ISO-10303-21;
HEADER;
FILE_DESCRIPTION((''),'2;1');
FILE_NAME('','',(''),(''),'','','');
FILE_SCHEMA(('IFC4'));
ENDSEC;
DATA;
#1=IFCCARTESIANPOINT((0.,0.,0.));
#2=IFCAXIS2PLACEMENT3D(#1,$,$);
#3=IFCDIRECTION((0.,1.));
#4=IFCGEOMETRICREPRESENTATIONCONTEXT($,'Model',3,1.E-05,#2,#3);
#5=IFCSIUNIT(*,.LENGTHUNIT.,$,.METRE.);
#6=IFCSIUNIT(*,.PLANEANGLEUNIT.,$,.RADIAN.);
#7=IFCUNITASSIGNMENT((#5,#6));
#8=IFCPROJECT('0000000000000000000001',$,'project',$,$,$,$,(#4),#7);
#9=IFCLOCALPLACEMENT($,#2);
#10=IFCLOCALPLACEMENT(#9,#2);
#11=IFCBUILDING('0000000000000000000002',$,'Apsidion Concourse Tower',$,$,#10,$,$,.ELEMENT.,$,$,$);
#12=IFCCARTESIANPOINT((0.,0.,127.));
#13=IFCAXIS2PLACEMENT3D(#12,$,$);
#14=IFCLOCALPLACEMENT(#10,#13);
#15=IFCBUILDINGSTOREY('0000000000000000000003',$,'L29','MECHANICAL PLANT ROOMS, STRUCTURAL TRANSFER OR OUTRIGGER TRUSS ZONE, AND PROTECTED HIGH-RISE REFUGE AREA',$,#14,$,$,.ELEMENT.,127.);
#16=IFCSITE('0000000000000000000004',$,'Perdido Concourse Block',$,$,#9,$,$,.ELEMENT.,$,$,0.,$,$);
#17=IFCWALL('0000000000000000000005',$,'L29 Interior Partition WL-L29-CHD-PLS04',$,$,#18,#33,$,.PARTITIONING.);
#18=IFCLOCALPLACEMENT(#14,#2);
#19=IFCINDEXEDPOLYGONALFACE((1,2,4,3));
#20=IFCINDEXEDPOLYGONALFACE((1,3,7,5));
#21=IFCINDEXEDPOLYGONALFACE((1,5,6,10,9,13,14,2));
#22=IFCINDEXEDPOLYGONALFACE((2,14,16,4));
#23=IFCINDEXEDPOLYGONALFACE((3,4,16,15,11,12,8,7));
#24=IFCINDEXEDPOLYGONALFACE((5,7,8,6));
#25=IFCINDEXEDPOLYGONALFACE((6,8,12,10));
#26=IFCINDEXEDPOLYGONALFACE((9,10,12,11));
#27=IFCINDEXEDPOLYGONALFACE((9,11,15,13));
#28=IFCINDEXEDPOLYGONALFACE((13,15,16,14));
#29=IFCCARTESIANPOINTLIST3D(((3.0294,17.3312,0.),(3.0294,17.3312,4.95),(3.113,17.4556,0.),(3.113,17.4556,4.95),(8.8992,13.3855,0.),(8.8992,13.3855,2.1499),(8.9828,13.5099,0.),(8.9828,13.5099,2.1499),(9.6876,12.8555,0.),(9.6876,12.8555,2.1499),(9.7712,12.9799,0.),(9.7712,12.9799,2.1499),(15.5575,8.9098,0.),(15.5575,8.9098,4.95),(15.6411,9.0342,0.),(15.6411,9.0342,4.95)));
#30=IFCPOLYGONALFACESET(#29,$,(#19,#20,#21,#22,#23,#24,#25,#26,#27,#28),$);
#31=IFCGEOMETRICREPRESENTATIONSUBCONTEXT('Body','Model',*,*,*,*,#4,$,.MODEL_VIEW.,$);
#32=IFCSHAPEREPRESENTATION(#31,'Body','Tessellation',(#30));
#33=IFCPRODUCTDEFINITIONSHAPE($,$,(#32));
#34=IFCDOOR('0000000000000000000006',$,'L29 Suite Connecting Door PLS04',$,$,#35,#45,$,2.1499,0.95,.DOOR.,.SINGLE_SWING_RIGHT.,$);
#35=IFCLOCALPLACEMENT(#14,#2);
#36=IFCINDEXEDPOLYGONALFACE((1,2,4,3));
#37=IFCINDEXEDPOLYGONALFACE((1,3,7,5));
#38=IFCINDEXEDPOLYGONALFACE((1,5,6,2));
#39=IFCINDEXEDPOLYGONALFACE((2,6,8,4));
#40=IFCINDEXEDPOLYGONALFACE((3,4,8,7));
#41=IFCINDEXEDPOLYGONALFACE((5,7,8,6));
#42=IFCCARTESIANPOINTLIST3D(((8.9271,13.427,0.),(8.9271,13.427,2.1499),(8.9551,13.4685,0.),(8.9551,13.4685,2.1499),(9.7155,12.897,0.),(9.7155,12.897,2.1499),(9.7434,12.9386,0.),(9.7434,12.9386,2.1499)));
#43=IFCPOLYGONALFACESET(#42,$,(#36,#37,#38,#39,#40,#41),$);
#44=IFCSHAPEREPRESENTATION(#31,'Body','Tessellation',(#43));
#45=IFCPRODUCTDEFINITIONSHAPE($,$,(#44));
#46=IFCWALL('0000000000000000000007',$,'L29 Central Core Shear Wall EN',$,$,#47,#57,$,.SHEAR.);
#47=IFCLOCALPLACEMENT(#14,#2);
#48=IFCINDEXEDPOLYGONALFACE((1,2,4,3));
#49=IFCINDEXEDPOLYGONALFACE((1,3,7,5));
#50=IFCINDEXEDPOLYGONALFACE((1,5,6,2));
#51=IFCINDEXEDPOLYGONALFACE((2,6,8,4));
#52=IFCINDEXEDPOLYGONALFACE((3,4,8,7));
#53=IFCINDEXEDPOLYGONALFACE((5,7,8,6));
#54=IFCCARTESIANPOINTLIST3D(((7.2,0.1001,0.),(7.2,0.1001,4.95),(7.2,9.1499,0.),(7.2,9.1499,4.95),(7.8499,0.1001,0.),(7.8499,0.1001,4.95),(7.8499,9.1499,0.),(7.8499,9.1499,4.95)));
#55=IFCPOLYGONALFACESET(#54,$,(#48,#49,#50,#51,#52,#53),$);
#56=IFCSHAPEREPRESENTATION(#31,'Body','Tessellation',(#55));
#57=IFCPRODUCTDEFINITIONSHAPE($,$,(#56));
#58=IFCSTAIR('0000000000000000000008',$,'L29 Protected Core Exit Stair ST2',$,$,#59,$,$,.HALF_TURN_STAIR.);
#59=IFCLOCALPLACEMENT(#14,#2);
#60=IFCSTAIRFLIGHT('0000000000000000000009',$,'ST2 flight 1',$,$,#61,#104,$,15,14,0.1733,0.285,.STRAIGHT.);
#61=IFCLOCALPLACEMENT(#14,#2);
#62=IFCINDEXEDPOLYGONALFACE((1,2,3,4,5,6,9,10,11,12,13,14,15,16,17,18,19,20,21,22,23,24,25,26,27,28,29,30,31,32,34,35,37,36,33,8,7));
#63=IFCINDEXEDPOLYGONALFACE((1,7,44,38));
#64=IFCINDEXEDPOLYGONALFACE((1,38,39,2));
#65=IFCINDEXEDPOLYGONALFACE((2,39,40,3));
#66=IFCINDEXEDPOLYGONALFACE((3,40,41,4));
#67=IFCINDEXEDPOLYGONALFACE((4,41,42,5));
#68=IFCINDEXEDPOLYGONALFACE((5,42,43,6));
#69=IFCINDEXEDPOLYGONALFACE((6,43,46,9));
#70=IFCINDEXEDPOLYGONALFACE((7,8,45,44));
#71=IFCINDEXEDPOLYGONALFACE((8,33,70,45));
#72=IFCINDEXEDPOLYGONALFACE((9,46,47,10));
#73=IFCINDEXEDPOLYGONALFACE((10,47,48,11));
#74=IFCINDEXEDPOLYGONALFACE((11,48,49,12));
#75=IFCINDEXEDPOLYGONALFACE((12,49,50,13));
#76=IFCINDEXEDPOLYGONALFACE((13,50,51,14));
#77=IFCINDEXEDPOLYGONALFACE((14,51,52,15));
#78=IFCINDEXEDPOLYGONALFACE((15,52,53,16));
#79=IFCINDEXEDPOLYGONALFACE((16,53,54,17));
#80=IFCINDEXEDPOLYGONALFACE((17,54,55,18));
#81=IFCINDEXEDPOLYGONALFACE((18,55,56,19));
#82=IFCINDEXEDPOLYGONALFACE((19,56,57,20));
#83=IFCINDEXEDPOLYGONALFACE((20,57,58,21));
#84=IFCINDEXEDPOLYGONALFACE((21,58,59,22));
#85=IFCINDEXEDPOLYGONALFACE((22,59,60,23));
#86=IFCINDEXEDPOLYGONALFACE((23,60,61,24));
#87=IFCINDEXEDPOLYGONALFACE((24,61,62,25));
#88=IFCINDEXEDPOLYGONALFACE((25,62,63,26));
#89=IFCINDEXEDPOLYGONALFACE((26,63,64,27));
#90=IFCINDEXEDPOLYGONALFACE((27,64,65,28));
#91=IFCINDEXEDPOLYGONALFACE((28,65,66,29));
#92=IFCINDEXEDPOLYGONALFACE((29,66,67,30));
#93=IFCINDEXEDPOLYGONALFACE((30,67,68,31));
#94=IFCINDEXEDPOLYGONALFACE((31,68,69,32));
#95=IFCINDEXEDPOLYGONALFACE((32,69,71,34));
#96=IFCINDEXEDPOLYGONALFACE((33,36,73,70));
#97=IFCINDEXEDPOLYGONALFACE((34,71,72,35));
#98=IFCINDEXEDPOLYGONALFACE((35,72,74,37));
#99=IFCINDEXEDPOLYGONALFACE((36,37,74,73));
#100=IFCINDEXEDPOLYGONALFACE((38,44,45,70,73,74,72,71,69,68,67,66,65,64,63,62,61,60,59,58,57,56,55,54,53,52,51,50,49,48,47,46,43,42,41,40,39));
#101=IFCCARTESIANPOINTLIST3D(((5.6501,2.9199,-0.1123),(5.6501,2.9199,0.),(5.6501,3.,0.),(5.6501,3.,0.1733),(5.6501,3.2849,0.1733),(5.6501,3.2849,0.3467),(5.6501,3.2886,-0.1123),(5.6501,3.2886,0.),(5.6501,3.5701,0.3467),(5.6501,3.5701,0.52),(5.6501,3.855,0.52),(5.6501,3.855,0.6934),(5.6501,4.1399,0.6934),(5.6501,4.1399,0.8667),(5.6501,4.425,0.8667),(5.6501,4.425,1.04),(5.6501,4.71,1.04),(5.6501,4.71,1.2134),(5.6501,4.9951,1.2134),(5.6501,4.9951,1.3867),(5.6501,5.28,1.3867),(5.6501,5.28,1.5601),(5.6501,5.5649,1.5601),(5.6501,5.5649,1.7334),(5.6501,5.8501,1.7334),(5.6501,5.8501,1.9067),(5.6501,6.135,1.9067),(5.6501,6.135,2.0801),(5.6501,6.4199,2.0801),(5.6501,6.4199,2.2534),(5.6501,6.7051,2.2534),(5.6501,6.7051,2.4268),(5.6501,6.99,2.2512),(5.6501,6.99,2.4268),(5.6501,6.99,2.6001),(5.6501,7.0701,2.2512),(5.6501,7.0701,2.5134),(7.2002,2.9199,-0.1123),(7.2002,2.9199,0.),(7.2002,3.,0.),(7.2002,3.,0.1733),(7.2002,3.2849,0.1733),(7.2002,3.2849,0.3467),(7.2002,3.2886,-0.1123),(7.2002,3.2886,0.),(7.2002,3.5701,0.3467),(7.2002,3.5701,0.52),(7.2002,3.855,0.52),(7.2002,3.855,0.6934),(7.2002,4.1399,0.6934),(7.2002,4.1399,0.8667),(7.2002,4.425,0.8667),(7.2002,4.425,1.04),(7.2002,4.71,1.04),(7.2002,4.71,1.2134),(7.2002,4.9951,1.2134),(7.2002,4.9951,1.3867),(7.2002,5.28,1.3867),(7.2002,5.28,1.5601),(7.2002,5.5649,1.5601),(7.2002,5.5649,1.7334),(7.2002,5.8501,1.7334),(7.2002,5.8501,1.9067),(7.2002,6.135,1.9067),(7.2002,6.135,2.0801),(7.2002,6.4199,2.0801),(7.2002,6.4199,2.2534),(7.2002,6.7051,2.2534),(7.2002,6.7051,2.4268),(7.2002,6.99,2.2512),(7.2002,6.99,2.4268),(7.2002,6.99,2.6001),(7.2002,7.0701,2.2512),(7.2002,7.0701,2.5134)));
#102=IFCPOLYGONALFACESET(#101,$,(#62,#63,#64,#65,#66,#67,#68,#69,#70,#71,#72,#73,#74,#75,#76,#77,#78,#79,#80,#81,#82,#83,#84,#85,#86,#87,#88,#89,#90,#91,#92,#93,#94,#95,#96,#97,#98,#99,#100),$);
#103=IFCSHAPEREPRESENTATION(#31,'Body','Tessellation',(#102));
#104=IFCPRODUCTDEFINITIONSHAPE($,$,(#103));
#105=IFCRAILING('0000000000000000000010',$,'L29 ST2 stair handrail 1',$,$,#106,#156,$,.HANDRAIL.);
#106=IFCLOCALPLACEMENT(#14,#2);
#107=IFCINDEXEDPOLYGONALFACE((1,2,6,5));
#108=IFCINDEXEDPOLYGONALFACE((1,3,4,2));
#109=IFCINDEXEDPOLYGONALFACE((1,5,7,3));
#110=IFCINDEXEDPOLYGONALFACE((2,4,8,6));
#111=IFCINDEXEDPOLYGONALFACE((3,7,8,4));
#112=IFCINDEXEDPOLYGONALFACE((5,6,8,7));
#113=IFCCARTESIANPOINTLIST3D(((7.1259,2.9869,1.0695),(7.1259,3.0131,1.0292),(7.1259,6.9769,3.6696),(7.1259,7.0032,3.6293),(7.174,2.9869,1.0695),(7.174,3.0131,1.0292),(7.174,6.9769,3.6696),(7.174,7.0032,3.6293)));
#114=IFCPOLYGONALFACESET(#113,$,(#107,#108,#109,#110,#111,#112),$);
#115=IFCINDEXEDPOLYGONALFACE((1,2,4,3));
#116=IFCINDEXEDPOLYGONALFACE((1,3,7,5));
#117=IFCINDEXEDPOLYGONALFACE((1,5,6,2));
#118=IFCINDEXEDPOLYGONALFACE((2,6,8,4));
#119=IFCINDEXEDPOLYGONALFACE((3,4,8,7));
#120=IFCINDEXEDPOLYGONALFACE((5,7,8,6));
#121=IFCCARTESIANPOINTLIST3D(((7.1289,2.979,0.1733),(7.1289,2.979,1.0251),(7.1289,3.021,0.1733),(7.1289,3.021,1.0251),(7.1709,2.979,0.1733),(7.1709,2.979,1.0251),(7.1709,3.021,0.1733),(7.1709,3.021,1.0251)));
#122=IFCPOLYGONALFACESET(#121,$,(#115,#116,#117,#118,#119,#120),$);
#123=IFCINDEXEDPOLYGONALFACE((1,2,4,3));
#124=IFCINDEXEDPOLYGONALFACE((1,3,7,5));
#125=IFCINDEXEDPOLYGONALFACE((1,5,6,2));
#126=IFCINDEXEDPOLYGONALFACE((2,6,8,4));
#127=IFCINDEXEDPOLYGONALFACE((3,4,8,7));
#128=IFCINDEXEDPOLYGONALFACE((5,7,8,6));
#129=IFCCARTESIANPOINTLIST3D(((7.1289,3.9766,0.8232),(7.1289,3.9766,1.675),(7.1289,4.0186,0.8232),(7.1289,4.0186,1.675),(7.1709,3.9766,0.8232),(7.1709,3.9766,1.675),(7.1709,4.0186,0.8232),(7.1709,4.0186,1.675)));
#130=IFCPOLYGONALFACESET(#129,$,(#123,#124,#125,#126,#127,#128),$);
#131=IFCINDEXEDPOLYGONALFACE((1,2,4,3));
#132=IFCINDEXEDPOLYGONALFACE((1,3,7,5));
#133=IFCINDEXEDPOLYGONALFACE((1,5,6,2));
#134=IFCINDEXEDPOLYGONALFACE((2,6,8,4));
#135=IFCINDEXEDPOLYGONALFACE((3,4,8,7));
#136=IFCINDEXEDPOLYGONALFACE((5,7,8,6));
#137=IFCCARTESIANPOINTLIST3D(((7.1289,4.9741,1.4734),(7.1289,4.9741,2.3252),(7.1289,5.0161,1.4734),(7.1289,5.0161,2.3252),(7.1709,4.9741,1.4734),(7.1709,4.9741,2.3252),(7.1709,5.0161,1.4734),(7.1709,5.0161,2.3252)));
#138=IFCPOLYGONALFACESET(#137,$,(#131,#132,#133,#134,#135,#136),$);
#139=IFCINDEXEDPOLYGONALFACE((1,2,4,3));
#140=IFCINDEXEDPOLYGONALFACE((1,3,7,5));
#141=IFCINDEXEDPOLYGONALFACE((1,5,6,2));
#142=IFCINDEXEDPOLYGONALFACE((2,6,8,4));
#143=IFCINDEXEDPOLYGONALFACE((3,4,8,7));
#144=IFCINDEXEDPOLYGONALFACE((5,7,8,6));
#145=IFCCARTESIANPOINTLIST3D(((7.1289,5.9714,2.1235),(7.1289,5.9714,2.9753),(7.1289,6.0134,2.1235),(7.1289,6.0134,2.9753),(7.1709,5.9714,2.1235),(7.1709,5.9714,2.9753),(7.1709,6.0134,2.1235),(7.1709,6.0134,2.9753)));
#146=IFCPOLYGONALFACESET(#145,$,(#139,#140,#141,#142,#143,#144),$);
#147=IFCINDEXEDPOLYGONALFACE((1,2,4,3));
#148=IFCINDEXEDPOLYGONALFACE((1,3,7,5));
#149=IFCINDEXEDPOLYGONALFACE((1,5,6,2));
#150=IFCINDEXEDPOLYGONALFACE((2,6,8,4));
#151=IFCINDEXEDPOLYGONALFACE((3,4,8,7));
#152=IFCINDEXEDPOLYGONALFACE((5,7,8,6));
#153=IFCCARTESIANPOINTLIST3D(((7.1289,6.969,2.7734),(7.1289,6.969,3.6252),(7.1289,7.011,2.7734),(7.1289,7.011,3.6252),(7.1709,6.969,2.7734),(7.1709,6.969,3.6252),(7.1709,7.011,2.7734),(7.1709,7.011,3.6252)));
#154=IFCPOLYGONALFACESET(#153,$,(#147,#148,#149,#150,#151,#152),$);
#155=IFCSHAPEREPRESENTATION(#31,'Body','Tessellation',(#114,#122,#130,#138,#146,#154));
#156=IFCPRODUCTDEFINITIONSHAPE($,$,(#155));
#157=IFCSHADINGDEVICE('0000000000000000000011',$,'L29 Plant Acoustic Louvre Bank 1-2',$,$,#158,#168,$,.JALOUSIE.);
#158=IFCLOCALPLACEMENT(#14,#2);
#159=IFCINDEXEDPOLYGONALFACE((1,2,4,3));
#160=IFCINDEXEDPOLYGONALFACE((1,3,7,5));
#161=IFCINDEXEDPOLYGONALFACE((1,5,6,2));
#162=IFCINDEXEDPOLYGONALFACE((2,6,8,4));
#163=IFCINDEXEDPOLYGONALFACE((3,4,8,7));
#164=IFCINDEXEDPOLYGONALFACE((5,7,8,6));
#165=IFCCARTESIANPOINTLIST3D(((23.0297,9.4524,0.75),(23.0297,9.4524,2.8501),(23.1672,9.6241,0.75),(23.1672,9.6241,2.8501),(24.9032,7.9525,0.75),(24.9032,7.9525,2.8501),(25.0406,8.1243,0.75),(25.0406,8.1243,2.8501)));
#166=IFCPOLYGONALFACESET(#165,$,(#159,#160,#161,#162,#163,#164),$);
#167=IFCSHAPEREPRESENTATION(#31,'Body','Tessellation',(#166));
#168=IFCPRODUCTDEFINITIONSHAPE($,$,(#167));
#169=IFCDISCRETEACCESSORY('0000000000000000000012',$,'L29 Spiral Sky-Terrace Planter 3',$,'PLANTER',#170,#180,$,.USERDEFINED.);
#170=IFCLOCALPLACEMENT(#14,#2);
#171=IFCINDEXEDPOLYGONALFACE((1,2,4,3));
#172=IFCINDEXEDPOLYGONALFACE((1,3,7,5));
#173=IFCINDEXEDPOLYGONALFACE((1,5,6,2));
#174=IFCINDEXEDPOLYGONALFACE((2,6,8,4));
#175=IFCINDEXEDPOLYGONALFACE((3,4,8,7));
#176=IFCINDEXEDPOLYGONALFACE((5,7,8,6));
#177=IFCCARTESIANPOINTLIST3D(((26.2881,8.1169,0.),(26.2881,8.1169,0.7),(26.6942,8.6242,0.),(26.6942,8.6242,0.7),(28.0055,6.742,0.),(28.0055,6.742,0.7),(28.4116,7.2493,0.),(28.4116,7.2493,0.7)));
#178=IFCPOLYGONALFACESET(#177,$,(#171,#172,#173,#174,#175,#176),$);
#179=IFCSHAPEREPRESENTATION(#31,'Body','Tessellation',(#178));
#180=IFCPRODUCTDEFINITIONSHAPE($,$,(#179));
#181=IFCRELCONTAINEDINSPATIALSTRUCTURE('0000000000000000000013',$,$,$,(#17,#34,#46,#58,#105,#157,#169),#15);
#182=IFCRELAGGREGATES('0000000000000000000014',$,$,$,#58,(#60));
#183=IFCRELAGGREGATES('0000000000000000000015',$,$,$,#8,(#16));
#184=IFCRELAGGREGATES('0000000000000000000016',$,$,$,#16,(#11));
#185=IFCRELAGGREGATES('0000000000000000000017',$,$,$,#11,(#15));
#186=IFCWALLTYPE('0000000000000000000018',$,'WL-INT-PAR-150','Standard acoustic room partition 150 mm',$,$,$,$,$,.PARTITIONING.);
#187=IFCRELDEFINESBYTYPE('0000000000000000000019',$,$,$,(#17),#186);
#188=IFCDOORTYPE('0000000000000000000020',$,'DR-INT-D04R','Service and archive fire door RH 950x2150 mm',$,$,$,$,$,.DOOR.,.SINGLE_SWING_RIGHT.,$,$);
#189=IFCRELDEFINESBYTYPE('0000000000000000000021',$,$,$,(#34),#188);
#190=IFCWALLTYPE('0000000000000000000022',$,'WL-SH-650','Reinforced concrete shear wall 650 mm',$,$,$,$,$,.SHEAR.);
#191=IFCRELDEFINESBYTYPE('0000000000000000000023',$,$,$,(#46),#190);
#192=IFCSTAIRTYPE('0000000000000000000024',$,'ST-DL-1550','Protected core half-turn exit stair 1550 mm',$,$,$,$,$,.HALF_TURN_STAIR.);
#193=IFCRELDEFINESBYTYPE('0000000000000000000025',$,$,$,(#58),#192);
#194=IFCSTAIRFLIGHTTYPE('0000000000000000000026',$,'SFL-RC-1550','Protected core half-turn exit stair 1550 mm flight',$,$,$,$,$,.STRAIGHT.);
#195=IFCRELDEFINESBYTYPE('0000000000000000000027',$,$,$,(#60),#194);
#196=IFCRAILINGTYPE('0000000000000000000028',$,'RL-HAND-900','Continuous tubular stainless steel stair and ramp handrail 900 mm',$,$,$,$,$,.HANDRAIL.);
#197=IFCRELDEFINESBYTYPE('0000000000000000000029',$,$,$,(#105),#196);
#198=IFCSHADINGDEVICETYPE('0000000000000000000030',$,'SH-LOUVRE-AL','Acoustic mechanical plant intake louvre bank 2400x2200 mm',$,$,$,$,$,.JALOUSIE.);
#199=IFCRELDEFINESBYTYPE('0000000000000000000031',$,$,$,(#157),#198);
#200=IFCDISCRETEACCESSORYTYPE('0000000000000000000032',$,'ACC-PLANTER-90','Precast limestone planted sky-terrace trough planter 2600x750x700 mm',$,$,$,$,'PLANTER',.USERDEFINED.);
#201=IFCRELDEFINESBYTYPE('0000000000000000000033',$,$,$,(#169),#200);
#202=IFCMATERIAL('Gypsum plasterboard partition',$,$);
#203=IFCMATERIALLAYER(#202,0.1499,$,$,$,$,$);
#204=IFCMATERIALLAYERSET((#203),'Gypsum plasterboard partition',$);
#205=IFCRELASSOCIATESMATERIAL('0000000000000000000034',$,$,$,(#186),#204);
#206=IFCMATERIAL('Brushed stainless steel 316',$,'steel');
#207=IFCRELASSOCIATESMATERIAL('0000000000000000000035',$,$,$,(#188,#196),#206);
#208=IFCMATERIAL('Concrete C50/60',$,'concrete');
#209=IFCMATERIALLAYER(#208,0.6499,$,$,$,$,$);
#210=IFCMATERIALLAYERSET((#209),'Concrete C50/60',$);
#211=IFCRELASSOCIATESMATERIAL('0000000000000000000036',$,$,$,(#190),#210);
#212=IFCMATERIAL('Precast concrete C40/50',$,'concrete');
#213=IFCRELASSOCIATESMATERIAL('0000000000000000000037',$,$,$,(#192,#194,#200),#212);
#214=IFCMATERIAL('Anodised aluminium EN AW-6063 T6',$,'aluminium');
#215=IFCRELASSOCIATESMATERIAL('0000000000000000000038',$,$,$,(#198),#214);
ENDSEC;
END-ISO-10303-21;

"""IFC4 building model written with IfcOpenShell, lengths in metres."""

from ifc_helpers import new_model, si_unit, direction, frame, frame_2d, origin, origin_2d, place, context, subcontext, project, spatial, polyline, rectangle, outline, extrude, material, layer, layer_set, type_object, element, fill, aggregate, save


model = new_model("IFC4")

# Units and contexts
model_context = context("Model", 3, precision=1e-05, world=origin(), true_north=direction((0.0, 1.0)))
body_context = subcontext(model_context, "Body", "Model", "MODEL_VIEW")
ifc_project = project(units=[si_unit("LENGTHUNIT", "METRE"), si_unit("PLANEANGLEUNIT", "RADIAN")], contexts=[model_context])

# Site, building, storey
site_placement = place(None, origin())
site = spatial("IfcSite", under=ifc_project, at=site_placement, Name="Perdido Concourse Block", CompositionType="ELEMENT", RefElevation=0.0)
building_placement = place(site_placement, origin())
building = spatial("IfcBuilding", under=site, at=building_placement, Name="Apsidion Concourse Tower", CompositionType="ELEMENT")
storey_placement = place(building_placement, frame((0.0, 0.0, 127.0)))
storey = spatial("IfcBuildingStorey", under=building, at=storey_placement, Name="L29", Description="MECHANICAL PLANT ROOMS, STRUCTURAL TRANSFER OR OUTRIGGER TRUSS ZONE, AND PROTECTED HIGH-RISE REFUGE AREA", CompositionType="ELEMENT", Elevation=127.0)

# Shared definitions
ifc_material_1 = material(Name="Concrete C50/60", Category="concrete")

# Shared definitions
ifc_material_2 = material(Name="Gypsum plasterboard partition")
ifc_layer_1 = layer(ifc_material_2, 0.1499)
ifc_layer_set_1 = layer_set([ifc_layer_1], Name="Gypsum plasterboard partition")
wall_type_1 = type_object("IfcWallType", Name="WL-INT-PAR-150", Description="Standard acoustic room partition 150 mm", PredefinedType="PARTITIONING", material=ifc_layer_set_1)
ifc_material_3 = material(Name="Brushed stainless steel 316", Category="steel")

# Wall, opening, door
wall_1_placement = place(storey_placement, frame((15.5994, 8.9719, 0.0), z_axis=(0.0, 0.0, 1.0), x_axis=(-0.829924, 0.557876, 0.0)))
wall_1 = element("IfcWall", 1, at=wall_1_placement, inside=storey, type_object=wall_type_1, Name="L29 Interior Partition WL-L29-CHD-PLS04", PredefinedType="PARTITIONING", context=body_context, shape_type="SweptSolid", body=[
    extrude(rectangle(XDim=15.0955, YDim=0.1499, at=frame_2d((7.5479, 0.0))), origin(), (0.0, 0.0, 1.0), 4.95),
])
opening_1_placement = place(wall_1_placement, frame((7.0728, 0.0, 0.0)))
opening_1 = element("IfcOpeningElement", 2, at=opening_1_placement, cuts=wall_1, PredefinedType="OPENING", context=body_context, shape_type="SweptSolid", body=[
    extrude(rectangle(XDim=0.95, YDim=2.1499, at=frame_2d((0.4751, 1.075))), frame((0.0, 0.085, 0.0), z_axis=(0.0, -1.0, 0.0), x_axis=(1.0, 0.0, 0.0)), (0.0, 0.0, 1.0), 0.1699),
])
door_type_1 = type_object("IfcDoorType", Name="DR-INT-D04R", Description="Service and archive fire door RH 950x2150 mm", OperationType="SINGLE_SWING_RIGHT", PredefinedType="DOOR", material=ifc_material_3)
door_1_placement = place(opening_1_placement, origin())
door_1 = element("IfcDoor", 3, at=door_1_placement, inside=storey, type_object=door_type_1, Name="L29 Suite Connecting Door PLS04", OperationType="SINGLE_SWING_RIGHT", OverallHeight=2.1499, OverallWidth=0.95, PredefinedType="DOOR", context=body_context, shape_type="SweptSolid", body=[
    extrude(rectangle(XDim=0.95, YDim=2.1499, at=frame_2d((0.4751, 1.075))), frame((0.0, 0.0249, 0.0), z_axis=(0.0, -1.0, 0.0), x_axis=(1.0, 0.0, 0.0)), (0.0, 0.0, 1.0), 0.05),
])
fill(opening_1, door_1)

# Wall
ifc_layer_2 = layer(ifc_material_1, 0.6499)
ifc_layer_set_2 = layer_set([ifc_layer_2], Name="Concrete C50/60")
wall_type_2 = type_object("IfcWallType", Name="WL-SH-650", Description="Reinforced concrete shear wall 650 mm", PredefinedType="SHEAR", material=ifc_layer_set_2)
wall_2_placement = place(storey_placement, frame((7.5249, 0.1001, 0.0), z_axis=(0.0, 0.0, 1.0), x_axis=(0.0, 1.0, 0.0)))
element("IfcWall", 4, at=wall_2_placement, inside=storey, type_object=wall_type_2, Name="L29 Central Core Shear Wall EN", PredefinedType="SHEAR", context=body_context, shape_type="SweptSolid", body=[
    extrude(rectangle(XDim=9.0498, YDim=0.6499, at=frame_2d((4.5249, 0.0))), origin(), (0.0, 0.0, 1.0), 4.95),
])

# Stair, stair flight
ifc_material_4 = material(Name="Precast concrete C40/50", Category="concrete")
stair_type = type_object("IfcStairType", Name="ST-DL-1550", Description="Protected core half-turn exit stair 1550 mm", PredefinedType="HALF_TURN_STAIR", material=ifc_material_4)
stair_placement = place(storey_placement, origin())
stair = element("IfcStair", 5, at=stair_placement, inside=storey, type_object=stair_type, Name="L29 Protected Core Exit Stair ST2", PredefinedType="HALF_TURN_STAIR")
stair_flight_type = type_object("IfcStairFlightType", Name="SFL-RC-1550", Description="Protected core half-turn exit stair 1550 mm flight", PredefinedType="STRAIGHT", material=ifc_material_4)
stair_flight_placement = place(storey_placement, frame((6.425, 3.0, 0.0), z_axis=(0.0, 0.0, 1.0), x_axis=(0.0, 1.0, 0.0)))
stair_flight = element("IfcStairFlight", 6, at=stair_flight_placement, type_object=stair_flight_type, Name="ST2 flight 1", NumberOfRisers=15, NumberOfTreads=14, PredefinedType="STRAIGHT", RiserHeight=0.1733, TreadLength=0.285, context=body_context, shape_type="SweptSolid", body=[
    extrude(outline(polyline([(-0.0801, -0.1123), (-0.0801, 0.0), (0.0, 0.0), (0.0, 0.1733), (0.2849, 0.1733), (0.2849, 0.3467), (0.5701, 0.3467), (0.5701, 0.52), (0.855, 0.52), (0.855, 0.6934), (1.1399, 0.6934), (1.1399, 0.8667), (1.425, 0.8667), (1.425, 1.04), (1.71, 1.04), (1.71, 1.2134), (1.9951, 1.2134), (1.9951, 1.3867), (2.28, 1.3867), (2.28, 1.5601), (2.5649, 1.5601), (2.5649, 1.7334), (2.8501, 1.7334), (2.8501, 1.9067), (3.135, 1.9067), (3.135, 2.0801), (3.4199, 2.0801), (3.4199, 2.2534), (3.7051, 2.2534), (3.7051, 2.4268), (3.99, 2.4268), (3.99, 2.6001), (4.0701, 2.5134), (4.0701, 2.2512), (3.99, 2.2512), (0.2886, 0.0), (0.2886, -0.1123), (-0.0801, -0.1123)])), frame((0.0, 0.7749, 0.0), z_axis=(0.0, -1.0, 0.0), x_axis=(1.0, 0.0, 0.0)), (0.0, 0.0, 1.0), 1.55),
])
aggregate(stair, [stair_flight])

# Railing
railing_type = type_object("IfcRailingType", Name="RL-HAND-900", Description="Continuous tubular stainless steel stair and ramp handrail 900 mm", PredefinedType="HANDRAIL", material=ifc_material_3)
railing_placement = place(storey_placement, frame((7.1499, 3.0, 0.1733)))
element("IfcRailing", 7, at=railing_placement, inside=storey, type_object=railing_type, Name="L29 ST2 stair handrail 1", PredefinedType="HANDRAIL", context=body_context, shape_type="SweptSolid", body=[
    extrude(rectangle(XDim=0.0481, YDim=0.0481, at=origin_2d()), frame((0.0, 0.0, 0.876), z_axis=(0.0, 0.837809, 0.545963), x_axis=(-1.0, 0.0, 0.0)), (0.0, 0.0, 1.0), 4.7625),
    extrude(rectangle(XDim=0.042, YDim=0.042, at=origin_2d()), origin(), (0.0, 0.0, 1.0), 0.8518),
    extrude(rectangle(XDim=0.042, YDim=0.042, at=origin_2d()), frame((0.0, 0.9976, 0.6499)), (0.0, 0.0, 1.0), 0.8518),
    extrude(rectangle(XDim=0.042, YDim=0.042, at=origin_2d()), frame((0.0, 1.9951, 1.3)), (0.0, 0.0, 1.0), 0.8518),
    extrude(rectangle(XDim=0.042, YDim=0.042, at=origin_2d()), frame((0.0, 2.9924, 1.9502)), (0.0, 0.0, 1.0), 0.8518),
    extrude(rectangle(XDim=0.042, YDim=0.042, at=origin_2d()), frame((0.0, 3.99, 2.6001)), (0.0, 0.0, 1.0), 0.8518),
])

# Shading device
ifc_material_5 = material(Name="Anodised aluminium EN AW-6063 T6", Category="aluminium")
shading_device_type = type_object("IfcShadingDeviceType", Name="SH-LOUVRE-AL", Description="Acoustic mechanical plant intake louvre bank 2400x2200 mm", PredefinedType="JALOUSIE", material=ifc_material_5)
shading_device_placement = place(storey_placement, frame((24.0352, 8.7883, 0.75), z_axis=(0.0, 0.0, 1.0), x_axis=(0.780649, -0.62497, 0.0)))
element("IfcShadingDevice", 8, at=shading_device_placement, inside=storey, type_object=shading_device_type, Name="L29 Plant Acoustic Louvre Bank 1-2", PredefinedType="JALOUSIE", context=body_context, shape_type="SweptSolid", body=[
    extrude(rectangle(XDim=2.3999, YDim=0.22, at=origin_2d()), origin(), (0.0, 0.0, 1.0), 2.1001),
])

# Discrete accessory
discrete_accessory_type = type_object("IfcDiscreteAccessoryType", Name="ACC-PLANTER-90", Description="Precast limestone planted sky-terrace trough planter 2600x750x700 mm", ElementType="PLANTER", PredefinedType="USERDEFINED", material=ifc_material_4)
discrete_accessory_placement = place(storey_placement, frame((27.3499, 7.6831, 0.0), z_axis=(0.0, 0.0, 1.0), x_axis=(-0.780649, 0.62497, 0.0)))
element("IfcDiscreteAccessory", 9, at=discrete_accessory_placement, inside=storey, type_object=discrete_accessory_type, Name="L29 Spiral Sky-Terrace Planter 3", ObjectType="PLANTER", PredefinedType="USERDEFINED", context=body_context, shape_type="SweptSolid", body=[
    extrude(rectangle(XDim=2.2, YDim=0.6499, at=origin_2d()), origin(), (0.0, 0.0, 1.0), 0.7),
])

save(model, "model.ifc")
